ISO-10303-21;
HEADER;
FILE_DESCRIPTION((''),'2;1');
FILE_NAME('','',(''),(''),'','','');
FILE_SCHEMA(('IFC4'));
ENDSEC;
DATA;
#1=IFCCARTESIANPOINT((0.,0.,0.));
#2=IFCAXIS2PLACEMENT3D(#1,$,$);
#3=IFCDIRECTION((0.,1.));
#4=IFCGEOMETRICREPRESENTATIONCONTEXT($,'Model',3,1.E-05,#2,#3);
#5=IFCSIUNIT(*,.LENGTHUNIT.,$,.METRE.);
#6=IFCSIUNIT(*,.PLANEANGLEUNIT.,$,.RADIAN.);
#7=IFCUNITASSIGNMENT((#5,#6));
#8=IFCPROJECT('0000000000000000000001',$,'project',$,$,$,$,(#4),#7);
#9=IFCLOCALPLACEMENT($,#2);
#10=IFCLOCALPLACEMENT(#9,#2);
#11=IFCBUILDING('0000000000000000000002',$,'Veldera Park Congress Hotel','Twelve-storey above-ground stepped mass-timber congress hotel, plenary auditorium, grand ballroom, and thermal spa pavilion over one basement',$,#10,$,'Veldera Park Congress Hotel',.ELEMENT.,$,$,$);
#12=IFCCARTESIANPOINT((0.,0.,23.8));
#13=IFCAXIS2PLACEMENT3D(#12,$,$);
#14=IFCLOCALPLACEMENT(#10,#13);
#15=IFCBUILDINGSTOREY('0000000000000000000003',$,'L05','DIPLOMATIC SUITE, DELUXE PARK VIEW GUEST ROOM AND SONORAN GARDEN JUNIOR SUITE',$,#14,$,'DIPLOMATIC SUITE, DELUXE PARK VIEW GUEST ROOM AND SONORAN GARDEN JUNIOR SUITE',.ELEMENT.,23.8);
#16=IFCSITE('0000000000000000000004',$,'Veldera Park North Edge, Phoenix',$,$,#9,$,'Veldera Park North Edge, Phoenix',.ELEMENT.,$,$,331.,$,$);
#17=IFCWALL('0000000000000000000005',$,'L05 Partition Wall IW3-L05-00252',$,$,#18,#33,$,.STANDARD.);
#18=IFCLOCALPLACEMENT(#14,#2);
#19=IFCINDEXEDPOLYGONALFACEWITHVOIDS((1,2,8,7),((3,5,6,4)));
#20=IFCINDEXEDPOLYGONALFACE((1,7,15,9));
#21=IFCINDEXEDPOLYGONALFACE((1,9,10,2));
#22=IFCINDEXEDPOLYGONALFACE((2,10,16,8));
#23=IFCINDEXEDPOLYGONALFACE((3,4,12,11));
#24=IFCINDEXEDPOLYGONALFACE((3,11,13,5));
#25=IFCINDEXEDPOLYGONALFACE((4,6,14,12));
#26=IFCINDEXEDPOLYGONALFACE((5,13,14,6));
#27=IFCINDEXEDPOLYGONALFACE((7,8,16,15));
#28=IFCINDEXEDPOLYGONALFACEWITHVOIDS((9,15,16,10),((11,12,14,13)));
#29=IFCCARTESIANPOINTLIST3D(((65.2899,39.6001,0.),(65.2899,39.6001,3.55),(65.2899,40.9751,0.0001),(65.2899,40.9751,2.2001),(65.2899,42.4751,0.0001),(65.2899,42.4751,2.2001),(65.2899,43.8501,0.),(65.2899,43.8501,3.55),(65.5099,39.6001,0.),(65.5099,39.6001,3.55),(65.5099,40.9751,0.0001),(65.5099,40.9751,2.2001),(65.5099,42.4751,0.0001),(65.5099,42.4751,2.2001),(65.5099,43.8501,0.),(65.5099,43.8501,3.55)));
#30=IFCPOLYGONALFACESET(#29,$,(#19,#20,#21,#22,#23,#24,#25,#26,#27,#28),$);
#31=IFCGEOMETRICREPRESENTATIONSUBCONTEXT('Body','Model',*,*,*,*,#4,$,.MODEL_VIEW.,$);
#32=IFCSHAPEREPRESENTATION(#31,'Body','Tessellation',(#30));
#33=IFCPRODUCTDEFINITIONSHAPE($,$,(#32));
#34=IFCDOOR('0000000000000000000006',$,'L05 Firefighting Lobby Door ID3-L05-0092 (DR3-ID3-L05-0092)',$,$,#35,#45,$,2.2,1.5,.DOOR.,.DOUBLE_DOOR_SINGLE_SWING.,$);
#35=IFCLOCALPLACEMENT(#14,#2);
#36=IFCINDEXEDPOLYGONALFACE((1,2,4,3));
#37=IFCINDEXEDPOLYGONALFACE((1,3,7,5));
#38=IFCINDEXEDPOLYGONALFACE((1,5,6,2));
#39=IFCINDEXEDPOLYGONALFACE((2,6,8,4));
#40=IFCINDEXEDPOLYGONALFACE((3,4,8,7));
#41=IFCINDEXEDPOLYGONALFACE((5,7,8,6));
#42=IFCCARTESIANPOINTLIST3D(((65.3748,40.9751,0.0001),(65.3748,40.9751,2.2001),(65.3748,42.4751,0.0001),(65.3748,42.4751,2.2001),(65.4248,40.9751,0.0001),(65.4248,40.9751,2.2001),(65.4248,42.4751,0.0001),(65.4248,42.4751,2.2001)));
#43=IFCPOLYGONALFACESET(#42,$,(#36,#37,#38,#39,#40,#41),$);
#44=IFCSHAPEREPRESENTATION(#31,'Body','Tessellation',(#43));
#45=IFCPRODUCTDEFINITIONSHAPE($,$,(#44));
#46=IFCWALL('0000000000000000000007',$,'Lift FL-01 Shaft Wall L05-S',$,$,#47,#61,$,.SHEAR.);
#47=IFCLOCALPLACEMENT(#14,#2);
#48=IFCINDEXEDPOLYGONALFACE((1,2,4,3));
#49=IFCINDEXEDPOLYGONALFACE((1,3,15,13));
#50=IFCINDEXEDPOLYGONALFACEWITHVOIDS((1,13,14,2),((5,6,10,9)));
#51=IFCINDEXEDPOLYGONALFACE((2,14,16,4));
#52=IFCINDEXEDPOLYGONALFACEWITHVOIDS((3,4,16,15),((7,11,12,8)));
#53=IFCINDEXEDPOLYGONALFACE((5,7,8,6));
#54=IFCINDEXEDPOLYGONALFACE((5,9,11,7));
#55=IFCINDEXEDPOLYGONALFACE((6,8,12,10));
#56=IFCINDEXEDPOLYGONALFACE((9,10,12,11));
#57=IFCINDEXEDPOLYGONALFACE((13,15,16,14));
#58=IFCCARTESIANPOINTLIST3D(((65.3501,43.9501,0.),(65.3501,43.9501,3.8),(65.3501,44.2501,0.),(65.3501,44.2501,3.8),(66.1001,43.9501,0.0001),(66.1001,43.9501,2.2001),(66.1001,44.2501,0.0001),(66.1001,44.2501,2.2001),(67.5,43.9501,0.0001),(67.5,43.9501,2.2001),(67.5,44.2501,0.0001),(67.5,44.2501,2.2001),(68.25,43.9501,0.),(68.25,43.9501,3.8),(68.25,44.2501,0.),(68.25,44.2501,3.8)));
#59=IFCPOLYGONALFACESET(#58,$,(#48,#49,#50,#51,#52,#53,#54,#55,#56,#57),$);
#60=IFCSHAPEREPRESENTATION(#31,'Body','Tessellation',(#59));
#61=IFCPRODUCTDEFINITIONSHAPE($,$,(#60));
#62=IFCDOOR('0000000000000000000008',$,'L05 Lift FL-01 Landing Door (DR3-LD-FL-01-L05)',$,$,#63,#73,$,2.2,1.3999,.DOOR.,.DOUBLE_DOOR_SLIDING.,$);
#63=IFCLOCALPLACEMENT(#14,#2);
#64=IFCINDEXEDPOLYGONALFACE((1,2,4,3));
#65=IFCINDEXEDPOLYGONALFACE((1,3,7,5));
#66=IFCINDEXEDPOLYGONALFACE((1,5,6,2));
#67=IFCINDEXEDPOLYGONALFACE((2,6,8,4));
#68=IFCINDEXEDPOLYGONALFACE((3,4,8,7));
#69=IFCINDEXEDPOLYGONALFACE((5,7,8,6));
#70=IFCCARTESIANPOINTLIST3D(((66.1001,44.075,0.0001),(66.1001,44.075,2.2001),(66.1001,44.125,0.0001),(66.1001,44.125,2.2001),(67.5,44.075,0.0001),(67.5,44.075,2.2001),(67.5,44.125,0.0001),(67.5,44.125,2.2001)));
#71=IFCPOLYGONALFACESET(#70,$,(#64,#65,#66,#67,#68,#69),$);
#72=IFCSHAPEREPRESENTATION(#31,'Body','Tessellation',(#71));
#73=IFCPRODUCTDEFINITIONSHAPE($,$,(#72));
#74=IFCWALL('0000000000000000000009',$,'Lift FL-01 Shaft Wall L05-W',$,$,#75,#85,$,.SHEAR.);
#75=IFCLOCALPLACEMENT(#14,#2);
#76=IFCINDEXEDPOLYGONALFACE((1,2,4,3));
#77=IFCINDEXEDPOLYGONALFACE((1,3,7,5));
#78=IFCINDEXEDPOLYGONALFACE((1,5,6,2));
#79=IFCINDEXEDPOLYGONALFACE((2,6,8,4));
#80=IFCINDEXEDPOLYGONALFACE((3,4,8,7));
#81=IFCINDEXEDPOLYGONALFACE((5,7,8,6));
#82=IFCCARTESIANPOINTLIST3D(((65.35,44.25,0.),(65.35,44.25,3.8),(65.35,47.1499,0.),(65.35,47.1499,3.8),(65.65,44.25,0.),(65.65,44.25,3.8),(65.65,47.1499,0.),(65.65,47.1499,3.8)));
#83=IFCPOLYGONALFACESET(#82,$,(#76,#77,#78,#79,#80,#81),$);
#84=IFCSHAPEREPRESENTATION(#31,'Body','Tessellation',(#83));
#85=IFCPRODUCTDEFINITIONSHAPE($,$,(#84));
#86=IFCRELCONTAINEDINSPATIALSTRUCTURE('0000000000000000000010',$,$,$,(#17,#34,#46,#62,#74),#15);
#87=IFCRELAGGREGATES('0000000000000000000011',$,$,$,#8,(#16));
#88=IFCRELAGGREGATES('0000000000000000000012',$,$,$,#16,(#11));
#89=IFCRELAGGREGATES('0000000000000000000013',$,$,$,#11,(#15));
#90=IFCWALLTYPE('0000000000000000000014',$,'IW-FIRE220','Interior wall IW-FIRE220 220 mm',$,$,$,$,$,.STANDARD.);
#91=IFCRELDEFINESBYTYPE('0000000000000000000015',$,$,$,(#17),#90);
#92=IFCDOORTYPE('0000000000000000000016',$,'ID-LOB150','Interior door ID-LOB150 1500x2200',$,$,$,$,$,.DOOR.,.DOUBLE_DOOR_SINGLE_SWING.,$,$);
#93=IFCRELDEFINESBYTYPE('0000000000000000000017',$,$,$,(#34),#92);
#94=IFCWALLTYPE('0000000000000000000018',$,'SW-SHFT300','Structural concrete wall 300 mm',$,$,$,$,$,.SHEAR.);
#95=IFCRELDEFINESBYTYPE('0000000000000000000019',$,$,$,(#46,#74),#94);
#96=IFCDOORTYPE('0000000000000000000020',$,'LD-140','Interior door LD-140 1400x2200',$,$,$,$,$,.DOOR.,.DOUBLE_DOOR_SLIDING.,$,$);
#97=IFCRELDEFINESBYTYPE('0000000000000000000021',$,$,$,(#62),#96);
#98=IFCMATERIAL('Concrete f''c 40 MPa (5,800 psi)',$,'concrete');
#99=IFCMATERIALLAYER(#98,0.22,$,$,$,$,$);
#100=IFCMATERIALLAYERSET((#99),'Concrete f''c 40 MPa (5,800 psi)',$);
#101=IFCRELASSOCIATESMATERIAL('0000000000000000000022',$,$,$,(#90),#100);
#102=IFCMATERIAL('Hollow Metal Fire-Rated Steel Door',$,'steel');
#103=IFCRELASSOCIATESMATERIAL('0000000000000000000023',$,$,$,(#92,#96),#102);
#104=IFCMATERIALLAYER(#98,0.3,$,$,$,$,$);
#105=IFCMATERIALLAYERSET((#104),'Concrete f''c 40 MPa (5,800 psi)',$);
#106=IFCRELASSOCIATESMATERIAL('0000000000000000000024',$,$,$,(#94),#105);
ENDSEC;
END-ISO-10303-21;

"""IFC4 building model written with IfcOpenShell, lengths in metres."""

from ifc_helpers import new_model, si_unit, direction, frame, frame_2d, origin, place, context, subcontext, project, spatial, rectangle, extrude, material, layer, layer_set, type_object, element, fill, save


model = new_model("IFC4")

# Units and contexts
model_context = context("Model", 3, precision=1e-05, world=origin(), true_north=direction((0.0, 1.0)))
body_context = subcontext(model_context, "Body", "Model", "MODEL_VIEW")
ifc_project = project(units=[si_unit("LENGTHUNIT", "METRE"), si_unit("PLANEANGLEUNIT", "RADIAN")], contexts=[model_context])

# Site, building, storey
site_placement = place(None, origin())
site = spatial("IfcSite", under=ifc_project, at=site_placement, Name="Veldera Park North Edge, Phoenix", LongName="Veldera Park North Edge, Phoenix", CompositionType="ELEMENT", RefElevation=331.0)
building_placement = place(site_placement, origin())
building = spatial("IfcBuilding", under=site, at=building_placement, Name="Veldera Park Congress Hotel", Description="Twelve-storey above-ground stepped mass-timber congress hotel, plenary auditorium, grand ballroom, and thermal spa pavilion over one basement", LongName="Veldera Park Congress Hotel", CompositionType="ELEMENT")
storey_placement = place(building_placement, frame((0.0, 0.0, 23.8)))
storey = spatial("IfcBuildingStorey", under=building, at=storey_placement, Name="L05", Description="DIPLOMATIC SUITE, DELUXE PARK VIEW GUEST ROOM AND SONORAN GARDEN JUNIOR SUITE", LongName="DIPLOMATIC SUITE, DELUXE PARK VIEW GUEST ROOM AND SONORAN GARDEN JUNIOR SUITE", CompositionType="ELEMENT", Elevation=23.8)

# Walls, openings, doors
ifc_material_1 = material(Name="Concrete f'c 40 MPa (5,800 psi)", Category="concrete")
ifc_layer_1 = layer(ifc_material_1, 0.22)
ifc_layer_set_1 = layer_set([ifc_layer_1], Name="Concrete f'c 40 MPa (5,800 psi)")
wall_type_1 = type_object("IfcWallType", Name="IW-FIRE220", Description="Interior wall IW-FIRE220 220 mm", PredefinedType="STANDARD", material=ifc_layer_set_1)
ifc_material_2 = material(Name="Hollow Metal Fire-Rated Steel Door", Category="steel")
door_type_1 = type_object("IfcDoorType", Name="ID-LOB150", Description="Interior door ID-LOB150 1500x2200", OperationType="DOUBLE_DOOR_SINGLE_SWING", PredefinedType="DOOR", material=ifc_material_2)
wall_1_placement = place(storey_placement, frame((65.3999, 43.8501, 0.0), z_axis=(0.0, 0.0, 1.0), x_axis=(0.0, -1.0, 0.0)))
wall_1 = element("IfcWall", 1, at=wall_1_placement, inside=storey, type_object=wall_type_1, Name="L05 Partition Wall IW3-L05-00252", PredefinedType="STANDARD", context=body_context, shape_type="SweptSolid", body=[
    extrude(rectangle(XDim=4.25, YDim=0.22, at=frame_2d((2.125, 0.0))), origin(), (0.0, 0.0, 1.0), 3.55),
])
opening_1_placement = place(wall_1_placement, frame((1.375, 0.0, 0.0)))
opening_1 = element("IfcOpeningElement", 2, at=opening_1_placement, cuts=wall_1, PredefinedType="OPENING", context=body_context, shape_type="SweptSolid", body=[
    extrude(rectangle(XDim=1.5, YDim=2.2, at=frame_2d((0.75, 1.1001))), frame((0.0, 0.1221, 0.0), z_axis=(0.0, -1.0, 0.0), x_axis=(1.0, 0.0, 0.0)), (0.0, 0.0, 1.0), 0.2439),
])
door_1_placement = place(opening_1_placement, origin())
door_1 = element("IfcDoor", 3, at=door_1_placement, inside=storey, type_object=door_type_1, Name="L05 Firefighting Lobby Door ID3-L05-0092 (DR3-ID3-L05-0092)", OperationType="DOUBLE_DOOR_SINGLE_SWING", OverallHeight=2.2, OverallWidth=1.5, PredefinedType="DOOR", context=body_context, shape_type="SweptSolid", body=[
    extrude(rectangle(XDim=1.5, YDim=2.2, at=frame_2d((0.75, 1.1001))), frame((0.0, 0.0249, 0.0), z_axis=(0.0, -1.0, 0.0), x_axis=(1.0, 0.0, 0.0)), (0.0, 0.0, 1.0), 0.05),
])
fill(opening_1, door_1)
ifc_layer_2 = layer(ifc_material_1, 0.3)
ifc_layer_set_2 = layer_set([ifc_layer_2], Name="Concrete f'c 40 MPa (5,800 psi)")
wall_type_2 = type_object("IfcWallType", Name="SW-SHFT300", Description="Structural concrete wall 300 mm", PredefinedType="SHEAR", material=ifc_layer_set_2)
wall_2_placement = place(storey_placement, frame((65.3501, 44.1001, 0.0), z_axis=(0.0, 0.0, 1.0), x_axis=(1.0, 0.0, 0.0)))
wall_2 = element("IfcWall", 4, at=wall_2_placement, inside=storey, type_object=wall_type_2, Name="Lift FL-01 Shaft Wall L05-S", PredefinedType="SHEAR", context=body_context, shape_type="SweptSolid", body=[
    extrude(rectangle(XDim=2.8999, YDim=0.3, at=frame_2d((1.45, 0.0))), origin(), (0.0, 0.0, 1.0), 3.8),
])
opening_2_placement = place(wall_2_placement, frame((0.75, 0.0, 0.0)))
opening_2 = element("IfcOpeningElement", 5, at=opening_2_placement, cuts=wall_2, PredefinedType="OPENING", context=body_context, shape_type="SweptSolid", body=[
    extrude(rectangle(XDim=1.3999, YDim=2.2, at=frame_2d((0.7, 1.1001))), frame((0.0, 0.1621, 0.0), z_axis=(0.0, -1.0, 0.0), x_axis=(1.0, 0.0, 0.0)), (0.0, 0.0, 1.0), 0.324),
])
door_type_2 = type_object("IfcDoorType", Name="LD-140", Description="Interior door LD-140 1400x2200", OperationType="DOUBLE_DOOR_SLIDING", PredefinedType="DOOR", material=ifc_material_2)
door_2_placement = place(opening_2_placement, origin())
door_2 = element("IfcDoor", 6, at=door_2_placement, inside=storey, type_object=door_type_2, Name="L05 Lift FL-01 Landing Door (DR3-LD-FL-01-L05)", OperationType="DOUBLE_DOOR_SLIDING", OverallHeight=2.2, OverallWidth=1.3999, PredefinedType="DOOR", context=body_context, shape_type="SweptSolid", body=[
    extrude(rectangle(XDim=1.3999, YDim=2.2, at=frame_2d((0.7, 1.1001))), frame((0.0, 0.0249, 0.0), z_axis=(0.0, -1.0, 0.0), x_axis=(1.0, 0.0, 0.0)), (0.0, 0.0, 1.0), 0.05),
])
fill(opening_2, door_2)

# Wall
wall_3_placement = place(storey_placement, frame((65.5, 47.1499, 0.0), z_axis=(0.0, 0.0, 1.0), x_axis=(0.0, -1.0, 0.0)))
element("IfcWall", 7, at=wall_3_placement, inside=storey, type_object=wall_type_2, Name="Lift FL-01 Shaft Wall L05-W", PredefinedType="SHEAR", context=body_context, shape_type="SweptSolid", body=[
    extrude(rectangle(XDim=2.8999, YDim=0.3, at=frame_2d((1.45, 0.0))), origin(), (0.0, 0.0, 1.0), 3.8),
])

save(model, "model.ifc")
